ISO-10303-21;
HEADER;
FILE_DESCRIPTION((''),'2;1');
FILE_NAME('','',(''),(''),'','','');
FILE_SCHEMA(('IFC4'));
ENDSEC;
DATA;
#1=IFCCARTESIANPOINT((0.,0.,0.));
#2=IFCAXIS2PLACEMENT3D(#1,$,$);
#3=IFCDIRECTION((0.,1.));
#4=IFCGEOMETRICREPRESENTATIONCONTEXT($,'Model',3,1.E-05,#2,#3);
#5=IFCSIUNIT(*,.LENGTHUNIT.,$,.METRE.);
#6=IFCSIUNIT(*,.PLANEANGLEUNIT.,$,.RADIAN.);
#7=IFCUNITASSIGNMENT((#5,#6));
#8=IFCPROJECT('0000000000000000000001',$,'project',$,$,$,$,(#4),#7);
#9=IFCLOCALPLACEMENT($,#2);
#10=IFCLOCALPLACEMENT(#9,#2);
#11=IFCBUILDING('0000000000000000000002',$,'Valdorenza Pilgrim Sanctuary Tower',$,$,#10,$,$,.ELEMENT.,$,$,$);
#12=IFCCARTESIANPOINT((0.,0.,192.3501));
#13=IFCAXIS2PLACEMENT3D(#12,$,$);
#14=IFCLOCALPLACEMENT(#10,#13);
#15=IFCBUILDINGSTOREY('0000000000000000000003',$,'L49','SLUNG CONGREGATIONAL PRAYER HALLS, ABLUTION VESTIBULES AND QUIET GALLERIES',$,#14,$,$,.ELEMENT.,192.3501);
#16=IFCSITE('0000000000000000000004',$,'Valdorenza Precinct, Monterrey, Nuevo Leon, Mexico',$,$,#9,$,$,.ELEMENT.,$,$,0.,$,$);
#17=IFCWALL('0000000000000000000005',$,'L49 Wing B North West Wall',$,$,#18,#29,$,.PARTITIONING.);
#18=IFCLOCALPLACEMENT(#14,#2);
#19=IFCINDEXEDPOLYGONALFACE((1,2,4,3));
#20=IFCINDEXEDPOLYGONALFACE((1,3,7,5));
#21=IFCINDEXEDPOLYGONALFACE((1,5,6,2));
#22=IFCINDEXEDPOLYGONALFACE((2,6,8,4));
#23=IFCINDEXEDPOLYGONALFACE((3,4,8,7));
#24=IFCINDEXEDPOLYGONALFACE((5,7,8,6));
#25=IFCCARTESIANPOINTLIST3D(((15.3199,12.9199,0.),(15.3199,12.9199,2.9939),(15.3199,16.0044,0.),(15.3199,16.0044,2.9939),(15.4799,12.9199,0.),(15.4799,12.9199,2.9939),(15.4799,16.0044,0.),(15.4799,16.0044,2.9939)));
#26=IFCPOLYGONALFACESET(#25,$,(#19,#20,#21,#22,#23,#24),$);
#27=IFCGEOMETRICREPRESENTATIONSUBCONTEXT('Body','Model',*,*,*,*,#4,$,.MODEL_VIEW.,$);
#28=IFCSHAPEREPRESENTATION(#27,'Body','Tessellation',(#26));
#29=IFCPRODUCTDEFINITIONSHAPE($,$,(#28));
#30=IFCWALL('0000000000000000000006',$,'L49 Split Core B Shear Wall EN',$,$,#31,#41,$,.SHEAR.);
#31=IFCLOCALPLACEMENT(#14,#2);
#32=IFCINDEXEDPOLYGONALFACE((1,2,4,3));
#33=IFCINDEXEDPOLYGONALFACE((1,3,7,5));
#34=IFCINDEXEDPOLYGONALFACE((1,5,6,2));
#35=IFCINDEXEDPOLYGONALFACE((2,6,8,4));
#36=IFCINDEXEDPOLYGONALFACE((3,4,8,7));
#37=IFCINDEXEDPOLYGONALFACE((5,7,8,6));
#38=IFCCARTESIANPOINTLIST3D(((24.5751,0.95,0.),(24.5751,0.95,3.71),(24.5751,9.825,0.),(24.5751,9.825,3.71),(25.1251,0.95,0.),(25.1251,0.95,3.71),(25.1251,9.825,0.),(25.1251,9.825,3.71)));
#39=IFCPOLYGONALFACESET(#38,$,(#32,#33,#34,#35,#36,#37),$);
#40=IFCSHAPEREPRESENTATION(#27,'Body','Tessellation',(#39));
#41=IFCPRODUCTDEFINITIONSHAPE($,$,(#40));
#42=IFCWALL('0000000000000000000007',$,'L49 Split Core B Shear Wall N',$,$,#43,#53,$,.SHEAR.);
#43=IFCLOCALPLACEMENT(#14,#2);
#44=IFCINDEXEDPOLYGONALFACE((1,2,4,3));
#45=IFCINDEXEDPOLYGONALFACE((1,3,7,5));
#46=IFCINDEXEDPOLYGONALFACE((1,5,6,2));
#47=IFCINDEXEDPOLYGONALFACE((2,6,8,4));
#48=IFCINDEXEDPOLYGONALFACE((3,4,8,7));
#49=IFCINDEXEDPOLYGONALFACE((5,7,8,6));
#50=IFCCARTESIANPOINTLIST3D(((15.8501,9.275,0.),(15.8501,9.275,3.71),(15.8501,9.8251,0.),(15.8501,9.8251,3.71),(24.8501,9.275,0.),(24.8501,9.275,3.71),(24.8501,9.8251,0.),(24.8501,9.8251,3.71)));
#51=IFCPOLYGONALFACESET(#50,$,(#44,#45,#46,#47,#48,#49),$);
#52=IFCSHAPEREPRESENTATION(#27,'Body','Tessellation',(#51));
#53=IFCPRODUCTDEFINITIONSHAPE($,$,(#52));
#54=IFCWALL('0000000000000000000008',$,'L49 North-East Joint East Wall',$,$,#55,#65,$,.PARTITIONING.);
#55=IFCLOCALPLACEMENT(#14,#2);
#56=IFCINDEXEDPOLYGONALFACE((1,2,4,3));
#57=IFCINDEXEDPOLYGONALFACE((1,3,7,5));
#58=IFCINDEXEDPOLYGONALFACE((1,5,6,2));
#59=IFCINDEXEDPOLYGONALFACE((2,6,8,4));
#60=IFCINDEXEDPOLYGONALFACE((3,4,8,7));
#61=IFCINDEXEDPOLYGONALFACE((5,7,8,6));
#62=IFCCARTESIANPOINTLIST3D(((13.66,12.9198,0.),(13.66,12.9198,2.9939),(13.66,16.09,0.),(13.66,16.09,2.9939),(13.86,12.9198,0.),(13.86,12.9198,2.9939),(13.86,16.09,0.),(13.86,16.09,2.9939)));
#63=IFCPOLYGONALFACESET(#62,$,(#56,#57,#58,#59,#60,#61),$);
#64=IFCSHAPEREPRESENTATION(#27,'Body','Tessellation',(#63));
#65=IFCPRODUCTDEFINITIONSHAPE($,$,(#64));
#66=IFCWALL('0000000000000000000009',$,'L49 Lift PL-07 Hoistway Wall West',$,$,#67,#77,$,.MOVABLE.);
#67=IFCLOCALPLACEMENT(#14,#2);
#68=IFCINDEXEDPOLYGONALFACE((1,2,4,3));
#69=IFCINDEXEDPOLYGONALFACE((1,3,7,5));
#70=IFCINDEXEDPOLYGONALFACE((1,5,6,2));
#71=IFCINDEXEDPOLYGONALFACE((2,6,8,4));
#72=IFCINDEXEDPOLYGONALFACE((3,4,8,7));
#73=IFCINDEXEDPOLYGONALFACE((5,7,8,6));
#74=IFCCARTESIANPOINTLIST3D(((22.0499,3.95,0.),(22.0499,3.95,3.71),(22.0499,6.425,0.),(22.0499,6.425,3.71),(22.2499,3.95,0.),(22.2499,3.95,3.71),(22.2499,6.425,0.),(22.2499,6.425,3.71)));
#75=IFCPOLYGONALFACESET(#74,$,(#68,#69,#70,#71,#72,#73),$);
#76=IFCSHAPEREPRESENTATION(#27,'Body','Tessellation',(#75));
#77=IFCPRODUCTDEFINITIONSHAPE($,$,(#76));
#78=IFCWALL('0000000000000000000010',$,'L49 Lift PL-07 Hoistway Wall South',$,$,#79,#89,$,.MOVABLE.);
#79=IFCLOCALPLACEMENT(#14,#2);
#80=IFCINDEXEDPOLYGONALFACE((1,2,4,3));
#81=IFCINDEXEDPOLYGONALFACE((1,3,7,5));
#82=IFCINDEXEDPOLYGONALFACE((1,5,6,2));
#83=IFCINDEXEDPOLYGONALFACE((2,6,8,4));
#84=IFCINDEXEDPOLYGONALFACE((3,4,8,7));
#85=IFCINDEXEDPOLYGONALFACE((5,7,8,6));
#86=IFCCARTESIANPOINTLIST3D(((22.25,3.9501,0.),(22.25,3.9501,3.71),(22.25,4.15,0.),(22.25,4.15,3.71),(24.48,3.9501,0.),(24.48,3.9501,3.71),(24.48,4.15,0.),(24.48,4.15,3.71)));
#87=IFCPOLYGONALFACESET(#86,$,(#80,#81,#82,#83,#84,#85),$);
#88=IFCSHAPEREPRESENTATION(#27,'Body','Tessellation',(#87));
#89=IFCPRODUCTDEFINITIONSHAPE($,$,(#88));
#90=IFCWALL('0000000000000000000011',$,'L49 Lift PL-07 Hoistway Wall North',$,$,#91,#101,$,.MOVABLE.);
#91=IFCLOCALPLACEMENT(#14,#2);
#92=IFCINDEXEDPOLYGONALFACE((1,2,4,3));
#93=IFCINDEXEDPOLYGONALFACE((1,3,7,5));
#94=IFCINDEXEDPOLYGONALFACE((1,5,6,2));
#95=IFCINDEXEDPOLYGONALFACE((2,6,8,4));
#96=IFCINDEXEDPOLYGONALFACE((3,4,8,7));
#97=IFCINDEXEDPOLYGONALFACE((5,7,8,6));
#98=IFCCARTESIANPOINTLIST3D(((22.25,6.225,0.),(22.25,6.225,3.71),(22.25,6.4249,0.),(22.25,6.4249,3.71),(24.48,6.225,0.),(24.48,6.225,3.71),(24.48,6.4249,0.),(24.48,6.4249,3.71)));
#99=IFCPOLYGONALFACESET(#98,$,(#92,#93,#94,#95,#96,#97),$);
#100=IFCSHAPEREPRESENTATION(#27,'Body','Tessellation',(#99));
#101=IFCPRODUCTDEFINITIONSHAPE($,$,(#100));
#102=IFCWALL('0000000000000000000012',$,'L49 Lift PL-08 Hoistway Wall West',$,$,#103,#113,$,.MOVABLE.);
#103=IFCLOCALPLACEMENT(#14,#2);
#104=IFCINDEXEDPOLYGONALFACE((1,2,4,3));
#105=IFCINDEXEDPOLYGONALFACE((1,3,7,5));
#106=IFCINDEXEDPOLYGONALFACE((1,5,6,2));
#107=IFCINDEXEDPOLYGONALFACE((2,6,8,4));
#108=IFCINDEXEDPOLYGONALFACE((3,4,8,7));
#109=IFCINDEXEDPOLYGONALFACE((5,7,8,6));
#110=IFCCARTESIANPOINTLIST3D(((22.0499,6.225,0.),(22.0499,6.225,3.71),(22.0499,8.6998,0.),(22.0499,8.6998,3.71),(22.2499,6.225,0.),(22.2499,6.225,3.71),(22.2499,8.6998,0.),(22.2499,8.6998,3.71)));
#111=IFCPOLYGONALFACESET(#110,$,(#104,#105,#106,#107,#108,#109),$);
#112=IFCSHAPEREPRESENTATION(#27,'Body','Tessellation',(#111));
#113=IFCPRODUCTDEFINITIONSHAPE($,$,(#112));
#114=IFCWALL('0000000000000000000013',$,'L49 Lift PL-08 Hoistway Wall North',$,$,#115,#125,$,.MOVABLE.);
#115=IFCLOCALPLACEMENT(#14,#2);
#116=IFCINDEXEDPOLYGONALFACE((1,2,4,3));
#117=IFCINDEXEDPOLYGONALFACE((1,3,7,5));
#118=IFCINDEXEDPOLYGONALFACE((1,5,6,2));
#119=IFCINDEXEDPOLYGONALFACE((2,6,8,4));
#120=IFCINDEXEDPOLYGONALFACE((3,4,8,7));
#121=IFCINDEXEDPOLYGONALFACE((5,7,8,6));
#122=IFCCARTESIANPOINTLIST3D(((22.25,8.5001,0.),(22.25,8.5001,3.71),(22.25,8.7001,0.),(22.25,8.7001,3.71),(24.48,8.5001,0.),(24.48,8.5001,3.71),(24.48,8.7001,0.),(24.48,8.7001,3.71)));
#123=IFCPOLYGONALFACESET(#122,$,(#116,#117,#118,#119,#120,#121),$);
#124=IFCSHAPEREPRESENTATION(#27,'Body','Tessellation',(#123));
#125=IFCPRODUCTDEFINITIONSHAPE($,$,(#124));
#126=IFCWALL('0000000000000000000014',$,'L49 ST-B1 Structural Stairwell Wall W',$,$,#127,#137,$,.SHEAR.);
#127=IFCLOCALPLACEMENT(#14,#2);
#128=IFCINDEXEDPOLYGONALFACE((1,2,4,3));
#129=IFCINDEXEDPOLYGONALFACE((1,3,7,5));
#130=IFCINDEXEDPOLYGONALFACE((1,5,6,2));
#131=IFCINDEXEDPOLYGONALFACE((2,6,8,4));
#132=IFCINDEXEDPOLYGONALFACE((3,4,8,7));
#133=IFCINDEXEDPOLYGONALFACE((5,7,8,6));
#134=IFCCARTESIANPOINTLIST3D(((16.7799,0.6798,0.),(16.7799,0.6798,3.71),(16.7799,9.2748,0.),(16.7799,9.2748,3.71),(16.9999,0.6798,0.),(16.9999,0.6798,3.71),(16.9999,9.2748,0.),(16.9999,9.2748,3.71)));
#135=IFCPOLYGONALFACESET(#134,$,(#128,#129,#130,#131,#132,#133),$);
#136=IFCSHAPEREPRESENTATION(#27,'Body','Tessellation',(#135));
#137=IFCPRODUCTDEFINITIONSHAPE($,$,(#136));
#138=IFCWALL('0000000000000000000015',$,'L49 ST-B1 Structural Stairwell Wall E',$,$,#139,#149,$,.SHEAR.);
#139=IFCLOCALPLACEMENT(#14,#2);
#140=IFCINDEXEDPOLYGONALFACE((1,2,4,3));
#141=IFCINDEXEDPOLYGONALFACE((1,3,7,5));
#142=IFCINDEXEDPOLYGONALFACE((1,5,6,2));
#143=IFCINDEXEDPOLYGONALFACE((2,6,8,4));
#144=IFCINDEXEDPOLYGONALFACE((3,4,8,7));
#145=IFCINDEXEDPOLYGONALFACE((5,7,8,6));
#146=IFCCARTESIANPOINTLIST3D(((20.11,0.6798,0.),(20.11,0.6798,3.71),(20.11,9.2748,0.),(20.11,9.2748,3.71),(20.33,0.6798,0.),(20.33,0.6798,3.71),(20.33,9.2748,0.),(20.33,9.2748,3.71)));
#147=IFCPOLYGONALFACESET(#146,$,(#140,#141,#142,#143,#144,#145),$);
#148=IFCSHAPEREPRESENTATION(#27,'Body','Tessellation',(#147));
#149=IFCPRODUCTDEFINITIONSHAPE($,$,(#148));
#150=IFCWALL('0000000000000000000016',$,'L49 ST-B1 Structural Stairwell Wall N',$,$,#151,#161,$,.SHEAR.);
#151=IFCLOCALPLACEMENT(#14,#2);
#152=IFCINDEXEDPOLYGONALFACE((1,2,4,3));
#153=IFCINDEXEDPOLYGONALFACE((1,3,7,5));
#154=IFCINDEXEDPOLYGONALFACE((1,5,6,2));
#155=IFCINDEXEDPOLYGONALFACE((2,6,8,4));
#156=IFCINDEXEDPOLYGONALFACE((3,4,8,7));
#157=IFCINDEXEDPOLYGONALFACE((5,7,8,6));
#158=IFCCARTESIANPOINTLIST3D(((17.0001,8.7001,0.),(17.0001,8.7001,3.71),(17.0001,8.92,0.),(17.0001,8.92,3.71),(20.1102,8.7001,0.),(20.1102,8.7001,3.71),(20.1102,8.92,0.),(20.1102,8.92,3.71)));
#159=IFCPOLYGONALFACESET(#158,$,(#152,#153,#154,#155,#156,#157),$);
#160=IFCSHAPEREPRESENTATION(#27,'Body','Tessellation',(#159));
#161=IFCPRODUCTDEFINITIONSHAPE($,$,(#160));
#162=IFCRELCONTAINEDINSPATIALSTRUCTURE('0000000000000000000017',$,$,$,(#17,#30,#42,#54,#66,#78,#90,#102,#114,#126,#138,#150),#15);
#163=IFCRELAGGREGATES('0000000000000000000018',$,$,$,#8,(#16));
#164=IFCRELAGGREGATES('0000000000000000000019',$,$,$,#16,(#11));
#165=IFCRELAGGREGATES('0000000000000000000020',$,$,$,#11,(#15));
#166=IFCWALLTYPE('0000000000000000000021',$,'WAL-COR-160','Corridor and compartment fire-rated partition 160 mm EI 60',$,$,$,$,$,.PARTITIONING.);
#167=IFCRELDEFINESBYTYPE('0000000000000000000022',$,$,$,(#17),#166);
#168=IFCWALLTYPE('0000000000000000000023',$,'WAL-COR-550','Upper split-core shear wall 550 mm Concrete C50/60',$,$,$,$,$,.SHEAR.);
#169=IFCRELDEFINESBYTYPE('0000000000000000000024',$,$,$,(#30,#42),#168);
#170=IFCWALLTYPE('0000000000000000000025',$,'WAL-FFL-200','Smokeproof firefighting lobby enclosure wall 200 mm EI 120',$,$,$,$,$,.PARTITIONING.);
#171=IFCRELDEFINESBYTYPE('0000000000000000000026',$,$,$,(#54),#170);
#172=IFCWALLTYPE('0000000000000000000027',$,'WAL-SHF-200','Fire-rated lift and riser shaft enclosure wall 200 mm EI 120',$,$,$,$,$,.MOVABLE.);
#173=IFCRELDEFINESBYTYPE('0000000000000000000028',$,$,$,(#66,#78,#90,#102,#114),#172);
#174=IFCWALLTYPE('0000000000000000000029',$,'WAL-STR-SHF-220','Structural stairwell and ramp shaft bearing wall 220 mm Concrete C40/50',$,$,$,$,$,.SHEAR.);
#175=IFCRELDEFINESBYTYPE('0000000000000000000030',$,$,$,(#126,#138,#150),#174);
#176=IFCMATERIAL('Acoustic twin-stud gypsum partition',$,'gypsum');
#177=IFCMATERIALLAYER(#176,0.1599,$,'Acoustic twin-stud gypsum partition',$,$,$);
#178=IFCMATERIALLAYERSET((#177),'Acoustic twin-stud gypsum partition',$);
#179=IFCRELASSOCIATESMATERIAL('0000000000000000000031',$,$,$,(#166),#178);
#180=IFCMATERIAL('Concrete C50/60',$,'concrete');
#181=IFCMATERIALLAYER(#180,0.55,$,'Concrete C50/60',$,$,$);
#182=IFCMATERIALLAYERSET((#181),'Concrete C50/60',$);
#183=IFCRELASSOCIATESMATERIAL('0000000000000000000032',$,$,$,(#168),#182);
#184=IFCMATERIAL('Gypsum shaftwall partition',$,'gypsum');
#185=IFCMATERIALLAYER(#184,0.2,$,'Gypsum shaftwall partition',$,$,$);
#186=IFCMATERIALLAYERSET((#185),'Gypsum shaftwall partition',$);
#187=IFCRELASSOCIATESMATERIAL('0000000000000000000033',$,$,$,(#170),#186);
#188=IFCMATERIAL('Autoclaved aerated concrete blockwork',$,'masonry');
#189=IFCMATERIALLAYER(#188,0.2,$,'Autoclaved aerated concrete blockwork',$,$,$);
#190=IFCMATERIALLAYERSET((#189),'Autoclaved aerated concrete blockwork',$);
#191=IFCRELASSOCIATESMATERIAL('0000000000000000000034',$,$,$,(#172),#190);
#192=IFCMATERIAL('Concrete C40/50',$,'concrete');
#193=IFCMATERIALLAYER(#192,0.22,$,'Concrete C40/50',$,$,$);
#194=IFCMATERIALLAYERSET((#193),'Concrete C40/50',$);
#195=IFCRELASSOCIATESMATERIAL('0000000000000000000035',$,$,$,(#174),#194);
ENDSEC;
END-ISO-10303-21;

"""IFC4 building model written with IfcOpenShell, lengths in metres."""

from ifc_helpers import new_model, si_unit, direction, frame, frame_2d, origin, place, context, subcontext, project, spatial, rectangle, extrude, material, layer, layer_set, type_object, element, save


model = new_model("IFC4")

# Units and contexts
model_context = context("Model", 3, precision=1e-05, world=origin(), true_north=direction((0.0, 1.0)))
body_context = subcontext(model_context, "Body", "Model", "MODEL_VIEW")
ifc_project = project(units=[si_unit("LENGTHUNIT", "METRE"), si_unit("PLANEANGLEUNIT", "RADIAN")], contexts=[model_context])

# Site, building, storey
site_placement = place(None, origin())
site = spatial("IfcSite", under=ifc_project, at=site_placement, Name="Valdorenza Precinct, Monterrey, Nuevo Leon, Mexico", CompositionType="ELEMENT", RefElevation=0.0)
building_placement = place(site_placement, origin())
building = spatial("IfcBuilding", under=site, at=building_placement, Name="Valdorenza Pilgrim Sanctuary Tower", CompositionType="ELEMENT")
storey_placement = place(building_placement, frame((0.0, 0.0, 192.3501)))
storey = spatial("IfcBuildingStorey", under=building, at=storey_placement, Name="L49", Description="SLUNG CONGREGATIONAL PRAYER HALLS, ABLUTION VESTIBULES AND QUIET GALLERIES", CompositionType="ELEMENT", Elevation=192.3501)

# Shared definitions
ifc_material_1 = material(Name="Concrete C50/60", Category="concrete")

# Shared definitions
ifc_material_2 = material(Name="Acoustic twin-stud gypsum partition", Category="gypsum")
ifc_layer_1 = layer(ifc_material_2, 0.1599, Name="Acoustic twin-stud gypsum partition")
ifc_layer_set_1 = layer_set([ifc_layer_1], Name="Acoustic twin-stud gypsum partition")
wall_type_1 = type_object("IfcWallType", Name="WAL-COR-160", Description="Corridor and compartment fire-rated partition 160 mm EI 60", PredefinedType="PARTITIONING", material=ifc_layer_set_1)

# Walls
wall_1_placement = place(storey_placement, frame((15.3999, 12.9199, 0.0), z_axis=(0.0, 0.0, 1.0), x_axis=(0.0, 1.0, 0.0)))
element("IfcWall", 1, at=wall_1_placement, inside=storey, type_object=wall_type_1, Name="L49 Wing B North West Wall", PredefinedType="PARTITIONING", context=body_context, shape_type="SweptSolid", body=[
    extrude(rectangle(XDim=3.0845, YDim=0.1599, at=frame_2d((1.5422, 0.0))), origin(), (0.0, 0.0, 1.0), 2.9939),
])
ifc_layer_2 = layer(ifc_material_1, 0.55, Name="Concrete C50/60")
ifc_layer_set_2 = layer_set([ifc_layer_2], Name="Concrete C50/60")
wall_type_2 = type_object("IfcWallType", Name="WAL-COR-550", Description="Upper split-core shear wall 550 mm Concrete C50/60", PredefinedType="SHEAR", material=ifc_layer_set_2)
wall_2_placement = place(storey_placement, frame((24.8501, 0.95, 0.0), z_axis=(0.0, 0.0, 1.0), x_axis=(0.0, 1.0, 0.0)))
element("IfcWall", 2, at=wall_2_placement, inside=storey, type_object=wall_type_2, Name="L49 Split Core B Shear Wall EN", PredefinedType="SHEAR", context=body_context, shape_type="SweptSolid", body=[
    extrude(rectangle(XDim=8.875, YDim=0.55, at=frame_2d((4.4375, 0.0))), origin(), (0.0, 0.0, 1.0), 3.71),
])
wall_3_placement = place(storey_placement, frame((15.8501, 9.55, 0.0), z_axis=(0.0, 0.0, 1.0), x_axis=(1.0, 0.0, 0.0)))
element("IfcWall", 3, at=wall_3_placement, inside=storey, type_object=wall_type_2, Name="L49 Split Core B Shear Wall N", PredefinedType="SHEAR", context=body_context, shape_type="SweptSolid", body=[
    extrude(rectangle(XDim=9.0, YDim=0.55, at=frame_2d((4.5, 0.0))), origin(), (0.0, 0.0, 1.0), 3.71),
])
ifc_material_3 = material(Name="Gypsum shaftwall partition", Category="gypsum")
ifc_layer_3 = layer(ifc_material_3, 0.2, Name="Gypsum shaftwall partition")
ifc_layer_set_3 = layer_set([ifc_layer_3], Name="Gypsum shaftwall partition")
wall_type_3 = type_object("IfcWallType", Name="WAL-FFL-200", Description="Smokeproof firefighting lobby enclosure wall 200 mm EI 120", PredefinedType="PARTITIONING", material=ifc_layer_set_3)
wall_4_placement = place(storey_placement, frame((13.76, 12.9199, 0.0), z_axis=(0.0, 0.0, 1.0), x_axis=(0.0, 1.0, 0.0)))
element("IfcWall", 4, at=wall_4_placement, inside=storey, type_object=wall_type_3, Name="L49 North-East Joint East Wall", PredefinedType="PARTITIONING", context=body_context, shape_type="SweptSolid", body=[
    extrude(rectangle(XDim=3.1702, YDim=0.2, at=frame_2d((1.585, 0.0))), origin(), (0.0, 0.0, 1.0), 2.9939),
])
ifc_material_4 = material(Name="Autoclaved aerated concrete blockwork", Category="masonry")
ifc_layer_4 = layer(ifc_material_4, 0.2, Name="Autoclaved aerated concrete blockwork")
ifc_layer_set_4 = layer_set([ifc_layer_4], Name="Autoclaved aerated concrete blockwork")
wall_type_4 = type_object("IfcWallType", Name="WAL-SHF-200", Description="Fire-rated lift and riser shaft enclosure wall 200 mm EI 120", PredefinedType="MOVABLE", material=ifc_layer_set_4)
wall_5_placement = place(storey_placement, frame((22.1499, 3.95, 0.0), z_axis=(0.0, 0.0, 1.0), x_axis=(0.0, 1.0, 0.0)))
element("IfcWall", 5, at=wall_5_placement, inside=storey, type_object=wall_type_4, Name="L49 Lift PL-07 Hoistway Wall West", PredefinedType="MOVABLE", context=body_context, shape_type="SweptSolid", body=[
    extrude(rectangle(XDim=2.4751, YDim=0.2, at=frame_2d((1.2375, 0.0))), origin(), (0.0, 0.0, 1.0), 3.71),
])
for number, where, z_axis, x_axis, name in (
    (6, (22.25, 4.05, 0.0), (0.0, 0.0, 1.0), (1.0, 0.0, 0.0), "L49 Lift PL-07 Hoistway Wall South"),
    (7, (22.25, 6.325, 0.0), (0.0, 0.0, 1.0), (1.0, 0.0, 0.0), "L49 Lift PL-07 Hoistway Wall North"),
):
    element("IfcWall", number, at=place(storey_placement, frame(where, z_axis=z_axis, x_axis=x_axis)), inside=storey, type_object=wall_type_4, Name=name, PredefinedType="MOVABLE", context=body_context, shape_type="SweptSolid", body=[
        extrude(rectangle(XDim=2.23, YDim=0.2, at=frame_2d((1.115, 0.0))), origin(), (0.0, 0.0, 1.0), 3.71),
    ])
wall_6_placement = place(storey_placement, frame((22.1499, 6.2251, 0.0), z_axis=(0.0, 0.0, 1.0), x_axis=(0.0, 1.0, 0.0)))
element("IfcWall", 8, at=wall_6_placement, inside=storey, type_object=wall_type_4, Name="L49 Lift PL-08 Hoistway Wall West", PredefinedType="MOVABLE", context=body_context, shape_type="SweptSolid", body=[
    extrude(rectangle(XDim=2.4749, YDim=0.2, at=frame_2d((1.2373, 0.0))), origin(), (0.0, 0.0, 1.0), 3.71),
])
wall_7_placement = place(storey_placement, frame((22.25, 8.6001, 0.0), z_axis=(0.0, 0.0, 1.0), x_axis=(1.0, 0.0, 0.0)))
element("IfcWall", 9, at=wall_7_placement, inside=storey, type_object=wall_type_4, Name="L49 Lift PL-08 Hoistway Wall North", PredefinedType="MOVABLE", context=body_context, shape_type="SweptSolid", body=[
    extrude(rectangle(XDim=2.23, YDim=0.2, at=frame_2d((1.115, 0.0))), origin(), (0.0, 0.0, 1.0), 3.71),
])
ifc_material_5 = material(Name="Concrete C40/50", Category="concrete")
ifc_layer_5 = layer(ifc_material_5, 0.22, Name="Concrete C40/50")
ifc_layer_set_5 = layer_set([ifc_layer_5], Name="Concrete C40/50")
wall_type_5 = type_object("IfcWallType", Name="WAL-STR-SHF-220", Description="Structural stairwell and ramp shaft bearing wall 220 mm Concrete C40/50", PredefinedType="SHEAR", material=ifc_layer_set_5)
for number, where, z_axis, x_axis, name in (
    (10, (16.8899, 0.6799, 0.0), (0.0, 0.0, 1.0), (0.0, 1.0, 0.0), "L49 ST-B1 Structural Stairwell Wall W"),
    (11, (20.22, 0.6799, 0.0), (0.0, 0.0, 1.0), (0.0, 1.0, 0.0), "L49 ST-B1 Structural Stairwell Wall E"),
):
    element("IfcWall", number, at=place(storey_placement, frame(where, z_axis=z_axis, x_axis=x_axis)), inside=storey, type_object=wall_type_5, Name=name, PredefinedType="SHEAR", context=body_context, shape_type="SweptSolid", body=[
        extrude(rectangle(XDim=8.595, YDim=0.22, at=frame_2d((4.2974, 0.0))), origin(), (0.0, 0.0, 1.0), 3.71),
    ])

# Wall
wall_8_placement = place(storey_placement, frame((17.0, 8.8101, 0.0), z_axis=(0.0, 0.0, 1.0), x_axis=(1.0, 0.0, 0.0)))
element("IfcWall", 12, at=wall_8_placement, inside=storey, type_object=wall_type_5, Name="L49 ST-B1 Structural Stairwell Wall N", PredefinedType="SHEAR", context=body_context, shape_type="SweptSolid", body=[
    extrude(rectangle(XDim=3.1101, YDim=0.22, at=frame_2d((1.5552, 0.0))), origin(), (0.0, 0.0, 1.0), 3.71),
])

save(model, "model.ifc")
